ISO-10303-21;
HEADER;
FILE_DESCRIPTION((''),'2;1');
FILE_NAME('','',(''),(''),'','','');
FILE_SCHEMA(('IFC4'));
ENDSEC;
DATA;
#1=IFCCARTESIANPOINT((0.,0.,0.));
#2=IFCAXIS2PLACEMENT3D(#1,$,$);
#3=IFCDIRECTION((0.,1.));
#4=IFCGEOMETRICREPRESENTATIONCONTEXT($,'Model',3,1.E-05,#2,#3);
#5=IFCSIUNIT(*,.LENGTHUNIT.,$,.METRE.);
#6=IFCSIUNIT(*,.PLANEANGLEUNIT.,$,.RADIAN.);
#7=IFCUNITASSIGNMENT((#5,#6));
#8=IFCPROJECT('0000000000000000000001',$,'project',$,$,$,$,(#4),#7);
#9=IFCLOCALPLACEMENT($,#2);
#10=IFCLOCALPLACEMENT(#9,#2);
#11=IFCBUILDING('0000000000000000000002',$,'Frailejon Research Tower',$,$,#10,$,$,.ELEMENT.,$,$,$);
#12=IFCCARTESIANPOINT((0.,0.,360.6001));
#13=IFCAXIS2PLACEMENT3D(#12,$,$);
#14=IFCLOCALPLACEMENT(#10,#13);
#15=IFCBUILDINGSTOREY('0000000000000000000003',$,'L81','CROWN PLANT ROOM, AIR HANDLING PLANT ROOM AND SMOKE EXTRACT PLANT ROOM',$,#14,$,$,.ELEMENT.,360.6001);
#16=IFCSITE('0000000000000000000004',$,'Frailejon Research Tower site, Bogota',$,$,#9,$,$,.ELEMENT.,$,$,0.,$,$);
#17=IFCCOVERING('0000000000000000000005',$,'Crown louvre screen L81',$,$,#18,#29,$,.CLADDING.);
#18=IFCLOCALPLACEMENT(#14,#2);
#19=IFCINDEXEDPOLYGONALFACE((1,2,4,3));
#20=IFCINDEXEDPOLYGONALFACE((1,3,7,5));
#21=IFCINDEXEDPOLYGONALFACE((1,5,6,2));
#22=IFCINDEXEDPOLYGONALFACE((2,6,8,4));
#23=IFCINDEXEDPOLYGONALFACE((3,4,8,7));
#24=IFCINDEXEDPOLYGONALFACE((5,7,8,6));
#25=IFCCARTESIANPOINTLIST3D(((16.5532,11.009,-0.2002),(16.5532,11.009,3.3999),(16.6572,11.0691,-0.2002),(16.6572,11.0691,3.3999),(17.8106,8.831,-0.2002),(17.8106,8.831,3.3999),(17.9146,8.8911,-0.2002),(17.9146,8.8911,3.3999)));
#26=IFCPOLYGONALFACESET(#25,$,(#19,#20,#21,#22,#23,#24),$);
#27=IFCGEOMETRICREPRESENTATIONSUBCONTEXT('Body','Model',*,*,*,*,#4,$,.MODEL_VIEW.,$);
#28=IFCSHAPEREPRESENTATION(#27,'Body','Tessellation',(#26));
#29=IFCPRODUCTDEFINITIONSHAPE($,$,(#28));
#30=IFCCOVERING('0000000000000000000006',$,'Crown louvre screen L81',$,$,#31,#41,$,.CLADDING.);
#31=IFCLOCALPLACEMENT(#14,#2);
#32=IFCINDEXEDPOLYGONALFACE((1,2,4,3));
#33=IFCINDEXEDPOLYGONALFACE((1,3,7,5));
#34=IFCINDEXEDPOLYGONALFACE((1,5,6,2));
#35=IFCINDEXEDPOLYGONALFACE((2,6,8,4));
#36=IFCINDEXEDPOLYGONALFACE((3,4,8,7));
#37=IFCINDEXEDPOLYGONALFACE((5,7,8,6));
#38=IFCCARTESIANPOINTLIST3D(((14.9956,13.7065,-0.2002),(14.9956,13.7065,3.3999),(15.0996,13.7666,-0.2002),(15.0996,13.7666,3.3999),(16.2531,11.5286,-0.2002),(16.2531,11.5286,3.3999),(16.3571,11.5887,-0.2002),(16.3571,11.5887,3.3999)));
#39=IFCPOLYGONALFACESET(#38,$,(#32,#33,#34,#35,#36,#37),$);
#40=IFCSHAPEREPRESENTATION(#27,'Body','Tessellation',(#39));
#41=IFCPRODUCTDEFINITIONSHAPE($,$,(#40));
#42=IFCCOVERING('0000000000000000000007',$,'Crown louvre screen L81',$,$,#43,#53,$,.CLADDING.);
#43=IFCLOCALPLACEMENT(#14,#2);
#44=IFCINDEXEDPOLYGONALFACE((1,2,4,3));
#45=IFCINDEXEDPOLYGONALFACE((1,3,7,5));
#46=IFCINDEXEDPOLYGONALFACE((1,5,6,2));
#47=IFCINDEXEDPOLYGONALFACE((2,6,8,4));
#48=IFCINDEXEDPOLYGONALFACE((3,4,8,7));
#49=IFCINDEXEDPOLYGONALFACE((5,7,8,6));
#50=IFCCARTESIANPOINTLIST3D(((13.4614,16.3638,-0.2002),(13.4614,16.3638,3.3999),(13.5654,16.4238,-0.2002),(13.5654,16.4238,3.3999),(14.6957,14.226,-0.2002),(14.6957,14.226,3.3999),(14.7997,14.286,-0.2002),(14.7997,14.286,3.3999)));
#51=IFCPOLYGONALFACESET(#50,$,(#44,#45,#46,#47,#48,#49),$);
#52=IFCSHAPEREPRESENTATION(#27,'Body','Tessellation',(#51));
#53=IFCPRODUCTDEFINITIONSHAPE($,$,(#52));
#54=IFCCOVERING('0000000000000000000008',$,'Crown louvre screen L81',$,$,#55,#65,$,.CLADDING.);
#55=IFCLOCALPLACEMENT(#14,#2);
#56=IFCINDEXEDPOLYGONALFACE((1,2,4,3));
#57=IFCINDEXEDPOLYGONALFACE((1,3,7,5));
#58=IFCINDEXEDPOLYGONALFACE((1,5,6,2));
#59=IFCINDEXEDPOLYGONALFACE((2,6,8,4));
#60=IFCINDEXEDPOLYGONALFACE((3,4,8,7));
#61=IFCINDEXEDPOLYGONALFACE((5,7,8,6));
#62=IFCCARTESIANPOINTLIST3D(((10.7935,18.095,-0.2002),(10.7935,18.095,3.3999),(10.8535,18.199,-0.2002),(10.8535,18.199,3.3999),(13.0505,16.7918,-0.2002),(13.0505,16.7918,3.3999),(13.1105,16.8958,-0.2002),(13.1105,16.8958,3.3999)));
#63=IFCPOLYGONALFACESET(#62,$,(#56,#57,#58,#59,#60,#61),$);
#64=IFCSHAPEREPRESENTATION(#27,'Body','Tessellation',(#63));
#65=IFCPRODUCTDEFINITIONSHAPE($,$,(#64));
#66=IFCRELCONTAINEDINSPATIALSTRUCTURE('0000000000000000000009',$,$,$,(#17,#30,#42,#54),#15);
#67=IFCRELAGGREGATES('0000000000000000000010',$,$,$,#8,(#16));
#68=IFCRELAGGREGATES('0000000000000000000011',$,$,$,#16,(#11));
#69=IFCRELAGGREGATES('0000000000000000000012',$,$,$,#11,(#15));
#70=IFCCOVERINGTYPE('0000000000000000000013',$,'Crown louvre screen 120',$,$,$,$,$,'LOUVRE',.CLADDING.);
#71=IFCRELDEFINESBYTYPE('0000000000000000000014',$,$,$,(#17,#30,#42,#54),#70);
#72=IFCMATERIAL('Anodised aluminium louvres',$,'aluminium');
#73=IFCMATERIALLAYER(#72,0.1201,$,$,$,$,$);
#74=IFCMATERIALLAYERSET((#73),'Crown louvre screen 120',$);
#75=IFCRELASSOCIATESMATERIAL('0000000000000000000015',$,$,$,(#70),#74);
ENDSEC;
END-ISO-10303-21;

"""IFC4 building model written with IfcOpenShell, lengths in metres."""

from ifc_helpers import new_model, si_unit, direction, frame, origin, place, context, subcontext, project, spatial, polyline, outline, extrude, material, layer, layer_set, type_object, element, save


model = new_model("IFC4")

# Units and contexts
model_context = context("Model", 3, precision=1e-05, world=origin(), true_north=direction((0.0, 1.0)))
body_context = subcontext(model_context, "Body", "Model", "MODEL_VIEW")
ifc_project = project(units=[si_unit("LENGTHUNIT", "METRE"), si_unit("PLANEANGLEUNIT", "RADIAN")], contexts=[model_context])

# Site, building, storey
site_placement = place(None, origin())
site = spatial("IfcSite", under=ifc_project, at=site_placement, Name="Frailejon Research Tower site, Bogota", CompositionType="ELEMENT", RefElevation=0.0)
building_placement = place(site_placement, origin())
building = spatial("IfcBuilding", under=site, at=building_placement, Name="Frailejon Research Tower", CompositionType="ELEMENT")
storey_placement = place(building_placement, frame((0.0, 0.0, 360.6001)))
storey = spatial("IfcBuildingStorey", under=building, at=storey_placement, Name="L81", Description="CROWN PLANT ROOM, AIR HANDLING PLANT ROOM AND SMOKE EXTRACT PLANT ROOM", CompositionType="ELEMENT", Elevation=360.6001)

# Coverings
ifc_material_1 = material(Name="Anodised aluminium louvres", Category="aluminium")
ifc_layer_1 = layer(ifc_material_1, 0.1201)
ifc_layer_set_1 = layer_set([ifc_layer_1], Name="Crown louvre screen 120")
covering_type = type_object("IfcCoveringType", Name="Crown louvre screen 120", ElementType="LOUVRE", PredefinedType="CLADDING", material=ifc_layer_set_1)
for number, where, z_axis, x_axis, name in (
    (1, (16.6052, 11.0391, -0.2002), (0.499979, -0.866037, 0.0), (0.866037, 0.499979, 0.0), "Crown louvre screen L81"),
    (2, (15.0476, 13.7366, -0.2002), (0.500009, -0.86602, 0.0), (0.86602, 0.500009, 0.0), "Crown louvre screen L81"),
):
    element("IfcCovering", number, at=place(storey_placement, frame(where, z_axis=z_axis, x_axis=x_axis)), inside=storey, type_object=covering_type, Name=name, PredefinedType="CLADDING", context=body_context, shape_type="SweptSolid", body=[
        extrude(outline(polyline([(-0.0601, 0.0), (0.0601, 0.0), (0.0601, 3.6001), (-0.0601, 3.6001), (-0.0601, 0.0)])), origin(), (0.0, 0.0, 1.0), 2.5149),
    ])
covering_1_placement = place(storey_placement, frame((13.5134, 16.3938, -0.2002), z_axis=(0.499999, -0.866026, 0.0), x_axis=(0.866026, 0.499999, 0.0)))
element("IfcCovering", 3, at=covering_1_placement, inside=storey, type_object=covering_type, Name="Crown louvre screen L81", PredefinedType="CLADDING", context=body_context, shape_type="SweptSolid", body=[
    extrude(outline(polyline([(-0.0601, 0.0), (0.0601, 0.0), (0.0601, 3.6001), (-0.0601, 3.6001), (-0.0601, 0.0)])), origin(), (0.0, 0.0, 1.0), 2.4685),
])
covering_2_placement = place(storey_placement, frame((10.8235, 18.147, -0.2002), z_axis=(0.866012, -0.500022, 0.0), x_axis=(0.500022, 0.866012, 0.0)))
element("IfcCovering", 4, at=covering_2_placement, inside=storey, type_object=covering_type, Name="Crown louvre screen L81", PredefinedType="CLADDING", context=body_context, shape_type="SweptSolid", body=[
    extrude(outline(polyline([(-0.0601, 0.0), (0.0601, 0.0), (0.0601, 3.6001), (-0.0601, 3.6001), (-0.0601, 0.0)])), origin(), (0.0, 0.0, 1.0), 2.6062),
])

save(model, "model.ifc")
